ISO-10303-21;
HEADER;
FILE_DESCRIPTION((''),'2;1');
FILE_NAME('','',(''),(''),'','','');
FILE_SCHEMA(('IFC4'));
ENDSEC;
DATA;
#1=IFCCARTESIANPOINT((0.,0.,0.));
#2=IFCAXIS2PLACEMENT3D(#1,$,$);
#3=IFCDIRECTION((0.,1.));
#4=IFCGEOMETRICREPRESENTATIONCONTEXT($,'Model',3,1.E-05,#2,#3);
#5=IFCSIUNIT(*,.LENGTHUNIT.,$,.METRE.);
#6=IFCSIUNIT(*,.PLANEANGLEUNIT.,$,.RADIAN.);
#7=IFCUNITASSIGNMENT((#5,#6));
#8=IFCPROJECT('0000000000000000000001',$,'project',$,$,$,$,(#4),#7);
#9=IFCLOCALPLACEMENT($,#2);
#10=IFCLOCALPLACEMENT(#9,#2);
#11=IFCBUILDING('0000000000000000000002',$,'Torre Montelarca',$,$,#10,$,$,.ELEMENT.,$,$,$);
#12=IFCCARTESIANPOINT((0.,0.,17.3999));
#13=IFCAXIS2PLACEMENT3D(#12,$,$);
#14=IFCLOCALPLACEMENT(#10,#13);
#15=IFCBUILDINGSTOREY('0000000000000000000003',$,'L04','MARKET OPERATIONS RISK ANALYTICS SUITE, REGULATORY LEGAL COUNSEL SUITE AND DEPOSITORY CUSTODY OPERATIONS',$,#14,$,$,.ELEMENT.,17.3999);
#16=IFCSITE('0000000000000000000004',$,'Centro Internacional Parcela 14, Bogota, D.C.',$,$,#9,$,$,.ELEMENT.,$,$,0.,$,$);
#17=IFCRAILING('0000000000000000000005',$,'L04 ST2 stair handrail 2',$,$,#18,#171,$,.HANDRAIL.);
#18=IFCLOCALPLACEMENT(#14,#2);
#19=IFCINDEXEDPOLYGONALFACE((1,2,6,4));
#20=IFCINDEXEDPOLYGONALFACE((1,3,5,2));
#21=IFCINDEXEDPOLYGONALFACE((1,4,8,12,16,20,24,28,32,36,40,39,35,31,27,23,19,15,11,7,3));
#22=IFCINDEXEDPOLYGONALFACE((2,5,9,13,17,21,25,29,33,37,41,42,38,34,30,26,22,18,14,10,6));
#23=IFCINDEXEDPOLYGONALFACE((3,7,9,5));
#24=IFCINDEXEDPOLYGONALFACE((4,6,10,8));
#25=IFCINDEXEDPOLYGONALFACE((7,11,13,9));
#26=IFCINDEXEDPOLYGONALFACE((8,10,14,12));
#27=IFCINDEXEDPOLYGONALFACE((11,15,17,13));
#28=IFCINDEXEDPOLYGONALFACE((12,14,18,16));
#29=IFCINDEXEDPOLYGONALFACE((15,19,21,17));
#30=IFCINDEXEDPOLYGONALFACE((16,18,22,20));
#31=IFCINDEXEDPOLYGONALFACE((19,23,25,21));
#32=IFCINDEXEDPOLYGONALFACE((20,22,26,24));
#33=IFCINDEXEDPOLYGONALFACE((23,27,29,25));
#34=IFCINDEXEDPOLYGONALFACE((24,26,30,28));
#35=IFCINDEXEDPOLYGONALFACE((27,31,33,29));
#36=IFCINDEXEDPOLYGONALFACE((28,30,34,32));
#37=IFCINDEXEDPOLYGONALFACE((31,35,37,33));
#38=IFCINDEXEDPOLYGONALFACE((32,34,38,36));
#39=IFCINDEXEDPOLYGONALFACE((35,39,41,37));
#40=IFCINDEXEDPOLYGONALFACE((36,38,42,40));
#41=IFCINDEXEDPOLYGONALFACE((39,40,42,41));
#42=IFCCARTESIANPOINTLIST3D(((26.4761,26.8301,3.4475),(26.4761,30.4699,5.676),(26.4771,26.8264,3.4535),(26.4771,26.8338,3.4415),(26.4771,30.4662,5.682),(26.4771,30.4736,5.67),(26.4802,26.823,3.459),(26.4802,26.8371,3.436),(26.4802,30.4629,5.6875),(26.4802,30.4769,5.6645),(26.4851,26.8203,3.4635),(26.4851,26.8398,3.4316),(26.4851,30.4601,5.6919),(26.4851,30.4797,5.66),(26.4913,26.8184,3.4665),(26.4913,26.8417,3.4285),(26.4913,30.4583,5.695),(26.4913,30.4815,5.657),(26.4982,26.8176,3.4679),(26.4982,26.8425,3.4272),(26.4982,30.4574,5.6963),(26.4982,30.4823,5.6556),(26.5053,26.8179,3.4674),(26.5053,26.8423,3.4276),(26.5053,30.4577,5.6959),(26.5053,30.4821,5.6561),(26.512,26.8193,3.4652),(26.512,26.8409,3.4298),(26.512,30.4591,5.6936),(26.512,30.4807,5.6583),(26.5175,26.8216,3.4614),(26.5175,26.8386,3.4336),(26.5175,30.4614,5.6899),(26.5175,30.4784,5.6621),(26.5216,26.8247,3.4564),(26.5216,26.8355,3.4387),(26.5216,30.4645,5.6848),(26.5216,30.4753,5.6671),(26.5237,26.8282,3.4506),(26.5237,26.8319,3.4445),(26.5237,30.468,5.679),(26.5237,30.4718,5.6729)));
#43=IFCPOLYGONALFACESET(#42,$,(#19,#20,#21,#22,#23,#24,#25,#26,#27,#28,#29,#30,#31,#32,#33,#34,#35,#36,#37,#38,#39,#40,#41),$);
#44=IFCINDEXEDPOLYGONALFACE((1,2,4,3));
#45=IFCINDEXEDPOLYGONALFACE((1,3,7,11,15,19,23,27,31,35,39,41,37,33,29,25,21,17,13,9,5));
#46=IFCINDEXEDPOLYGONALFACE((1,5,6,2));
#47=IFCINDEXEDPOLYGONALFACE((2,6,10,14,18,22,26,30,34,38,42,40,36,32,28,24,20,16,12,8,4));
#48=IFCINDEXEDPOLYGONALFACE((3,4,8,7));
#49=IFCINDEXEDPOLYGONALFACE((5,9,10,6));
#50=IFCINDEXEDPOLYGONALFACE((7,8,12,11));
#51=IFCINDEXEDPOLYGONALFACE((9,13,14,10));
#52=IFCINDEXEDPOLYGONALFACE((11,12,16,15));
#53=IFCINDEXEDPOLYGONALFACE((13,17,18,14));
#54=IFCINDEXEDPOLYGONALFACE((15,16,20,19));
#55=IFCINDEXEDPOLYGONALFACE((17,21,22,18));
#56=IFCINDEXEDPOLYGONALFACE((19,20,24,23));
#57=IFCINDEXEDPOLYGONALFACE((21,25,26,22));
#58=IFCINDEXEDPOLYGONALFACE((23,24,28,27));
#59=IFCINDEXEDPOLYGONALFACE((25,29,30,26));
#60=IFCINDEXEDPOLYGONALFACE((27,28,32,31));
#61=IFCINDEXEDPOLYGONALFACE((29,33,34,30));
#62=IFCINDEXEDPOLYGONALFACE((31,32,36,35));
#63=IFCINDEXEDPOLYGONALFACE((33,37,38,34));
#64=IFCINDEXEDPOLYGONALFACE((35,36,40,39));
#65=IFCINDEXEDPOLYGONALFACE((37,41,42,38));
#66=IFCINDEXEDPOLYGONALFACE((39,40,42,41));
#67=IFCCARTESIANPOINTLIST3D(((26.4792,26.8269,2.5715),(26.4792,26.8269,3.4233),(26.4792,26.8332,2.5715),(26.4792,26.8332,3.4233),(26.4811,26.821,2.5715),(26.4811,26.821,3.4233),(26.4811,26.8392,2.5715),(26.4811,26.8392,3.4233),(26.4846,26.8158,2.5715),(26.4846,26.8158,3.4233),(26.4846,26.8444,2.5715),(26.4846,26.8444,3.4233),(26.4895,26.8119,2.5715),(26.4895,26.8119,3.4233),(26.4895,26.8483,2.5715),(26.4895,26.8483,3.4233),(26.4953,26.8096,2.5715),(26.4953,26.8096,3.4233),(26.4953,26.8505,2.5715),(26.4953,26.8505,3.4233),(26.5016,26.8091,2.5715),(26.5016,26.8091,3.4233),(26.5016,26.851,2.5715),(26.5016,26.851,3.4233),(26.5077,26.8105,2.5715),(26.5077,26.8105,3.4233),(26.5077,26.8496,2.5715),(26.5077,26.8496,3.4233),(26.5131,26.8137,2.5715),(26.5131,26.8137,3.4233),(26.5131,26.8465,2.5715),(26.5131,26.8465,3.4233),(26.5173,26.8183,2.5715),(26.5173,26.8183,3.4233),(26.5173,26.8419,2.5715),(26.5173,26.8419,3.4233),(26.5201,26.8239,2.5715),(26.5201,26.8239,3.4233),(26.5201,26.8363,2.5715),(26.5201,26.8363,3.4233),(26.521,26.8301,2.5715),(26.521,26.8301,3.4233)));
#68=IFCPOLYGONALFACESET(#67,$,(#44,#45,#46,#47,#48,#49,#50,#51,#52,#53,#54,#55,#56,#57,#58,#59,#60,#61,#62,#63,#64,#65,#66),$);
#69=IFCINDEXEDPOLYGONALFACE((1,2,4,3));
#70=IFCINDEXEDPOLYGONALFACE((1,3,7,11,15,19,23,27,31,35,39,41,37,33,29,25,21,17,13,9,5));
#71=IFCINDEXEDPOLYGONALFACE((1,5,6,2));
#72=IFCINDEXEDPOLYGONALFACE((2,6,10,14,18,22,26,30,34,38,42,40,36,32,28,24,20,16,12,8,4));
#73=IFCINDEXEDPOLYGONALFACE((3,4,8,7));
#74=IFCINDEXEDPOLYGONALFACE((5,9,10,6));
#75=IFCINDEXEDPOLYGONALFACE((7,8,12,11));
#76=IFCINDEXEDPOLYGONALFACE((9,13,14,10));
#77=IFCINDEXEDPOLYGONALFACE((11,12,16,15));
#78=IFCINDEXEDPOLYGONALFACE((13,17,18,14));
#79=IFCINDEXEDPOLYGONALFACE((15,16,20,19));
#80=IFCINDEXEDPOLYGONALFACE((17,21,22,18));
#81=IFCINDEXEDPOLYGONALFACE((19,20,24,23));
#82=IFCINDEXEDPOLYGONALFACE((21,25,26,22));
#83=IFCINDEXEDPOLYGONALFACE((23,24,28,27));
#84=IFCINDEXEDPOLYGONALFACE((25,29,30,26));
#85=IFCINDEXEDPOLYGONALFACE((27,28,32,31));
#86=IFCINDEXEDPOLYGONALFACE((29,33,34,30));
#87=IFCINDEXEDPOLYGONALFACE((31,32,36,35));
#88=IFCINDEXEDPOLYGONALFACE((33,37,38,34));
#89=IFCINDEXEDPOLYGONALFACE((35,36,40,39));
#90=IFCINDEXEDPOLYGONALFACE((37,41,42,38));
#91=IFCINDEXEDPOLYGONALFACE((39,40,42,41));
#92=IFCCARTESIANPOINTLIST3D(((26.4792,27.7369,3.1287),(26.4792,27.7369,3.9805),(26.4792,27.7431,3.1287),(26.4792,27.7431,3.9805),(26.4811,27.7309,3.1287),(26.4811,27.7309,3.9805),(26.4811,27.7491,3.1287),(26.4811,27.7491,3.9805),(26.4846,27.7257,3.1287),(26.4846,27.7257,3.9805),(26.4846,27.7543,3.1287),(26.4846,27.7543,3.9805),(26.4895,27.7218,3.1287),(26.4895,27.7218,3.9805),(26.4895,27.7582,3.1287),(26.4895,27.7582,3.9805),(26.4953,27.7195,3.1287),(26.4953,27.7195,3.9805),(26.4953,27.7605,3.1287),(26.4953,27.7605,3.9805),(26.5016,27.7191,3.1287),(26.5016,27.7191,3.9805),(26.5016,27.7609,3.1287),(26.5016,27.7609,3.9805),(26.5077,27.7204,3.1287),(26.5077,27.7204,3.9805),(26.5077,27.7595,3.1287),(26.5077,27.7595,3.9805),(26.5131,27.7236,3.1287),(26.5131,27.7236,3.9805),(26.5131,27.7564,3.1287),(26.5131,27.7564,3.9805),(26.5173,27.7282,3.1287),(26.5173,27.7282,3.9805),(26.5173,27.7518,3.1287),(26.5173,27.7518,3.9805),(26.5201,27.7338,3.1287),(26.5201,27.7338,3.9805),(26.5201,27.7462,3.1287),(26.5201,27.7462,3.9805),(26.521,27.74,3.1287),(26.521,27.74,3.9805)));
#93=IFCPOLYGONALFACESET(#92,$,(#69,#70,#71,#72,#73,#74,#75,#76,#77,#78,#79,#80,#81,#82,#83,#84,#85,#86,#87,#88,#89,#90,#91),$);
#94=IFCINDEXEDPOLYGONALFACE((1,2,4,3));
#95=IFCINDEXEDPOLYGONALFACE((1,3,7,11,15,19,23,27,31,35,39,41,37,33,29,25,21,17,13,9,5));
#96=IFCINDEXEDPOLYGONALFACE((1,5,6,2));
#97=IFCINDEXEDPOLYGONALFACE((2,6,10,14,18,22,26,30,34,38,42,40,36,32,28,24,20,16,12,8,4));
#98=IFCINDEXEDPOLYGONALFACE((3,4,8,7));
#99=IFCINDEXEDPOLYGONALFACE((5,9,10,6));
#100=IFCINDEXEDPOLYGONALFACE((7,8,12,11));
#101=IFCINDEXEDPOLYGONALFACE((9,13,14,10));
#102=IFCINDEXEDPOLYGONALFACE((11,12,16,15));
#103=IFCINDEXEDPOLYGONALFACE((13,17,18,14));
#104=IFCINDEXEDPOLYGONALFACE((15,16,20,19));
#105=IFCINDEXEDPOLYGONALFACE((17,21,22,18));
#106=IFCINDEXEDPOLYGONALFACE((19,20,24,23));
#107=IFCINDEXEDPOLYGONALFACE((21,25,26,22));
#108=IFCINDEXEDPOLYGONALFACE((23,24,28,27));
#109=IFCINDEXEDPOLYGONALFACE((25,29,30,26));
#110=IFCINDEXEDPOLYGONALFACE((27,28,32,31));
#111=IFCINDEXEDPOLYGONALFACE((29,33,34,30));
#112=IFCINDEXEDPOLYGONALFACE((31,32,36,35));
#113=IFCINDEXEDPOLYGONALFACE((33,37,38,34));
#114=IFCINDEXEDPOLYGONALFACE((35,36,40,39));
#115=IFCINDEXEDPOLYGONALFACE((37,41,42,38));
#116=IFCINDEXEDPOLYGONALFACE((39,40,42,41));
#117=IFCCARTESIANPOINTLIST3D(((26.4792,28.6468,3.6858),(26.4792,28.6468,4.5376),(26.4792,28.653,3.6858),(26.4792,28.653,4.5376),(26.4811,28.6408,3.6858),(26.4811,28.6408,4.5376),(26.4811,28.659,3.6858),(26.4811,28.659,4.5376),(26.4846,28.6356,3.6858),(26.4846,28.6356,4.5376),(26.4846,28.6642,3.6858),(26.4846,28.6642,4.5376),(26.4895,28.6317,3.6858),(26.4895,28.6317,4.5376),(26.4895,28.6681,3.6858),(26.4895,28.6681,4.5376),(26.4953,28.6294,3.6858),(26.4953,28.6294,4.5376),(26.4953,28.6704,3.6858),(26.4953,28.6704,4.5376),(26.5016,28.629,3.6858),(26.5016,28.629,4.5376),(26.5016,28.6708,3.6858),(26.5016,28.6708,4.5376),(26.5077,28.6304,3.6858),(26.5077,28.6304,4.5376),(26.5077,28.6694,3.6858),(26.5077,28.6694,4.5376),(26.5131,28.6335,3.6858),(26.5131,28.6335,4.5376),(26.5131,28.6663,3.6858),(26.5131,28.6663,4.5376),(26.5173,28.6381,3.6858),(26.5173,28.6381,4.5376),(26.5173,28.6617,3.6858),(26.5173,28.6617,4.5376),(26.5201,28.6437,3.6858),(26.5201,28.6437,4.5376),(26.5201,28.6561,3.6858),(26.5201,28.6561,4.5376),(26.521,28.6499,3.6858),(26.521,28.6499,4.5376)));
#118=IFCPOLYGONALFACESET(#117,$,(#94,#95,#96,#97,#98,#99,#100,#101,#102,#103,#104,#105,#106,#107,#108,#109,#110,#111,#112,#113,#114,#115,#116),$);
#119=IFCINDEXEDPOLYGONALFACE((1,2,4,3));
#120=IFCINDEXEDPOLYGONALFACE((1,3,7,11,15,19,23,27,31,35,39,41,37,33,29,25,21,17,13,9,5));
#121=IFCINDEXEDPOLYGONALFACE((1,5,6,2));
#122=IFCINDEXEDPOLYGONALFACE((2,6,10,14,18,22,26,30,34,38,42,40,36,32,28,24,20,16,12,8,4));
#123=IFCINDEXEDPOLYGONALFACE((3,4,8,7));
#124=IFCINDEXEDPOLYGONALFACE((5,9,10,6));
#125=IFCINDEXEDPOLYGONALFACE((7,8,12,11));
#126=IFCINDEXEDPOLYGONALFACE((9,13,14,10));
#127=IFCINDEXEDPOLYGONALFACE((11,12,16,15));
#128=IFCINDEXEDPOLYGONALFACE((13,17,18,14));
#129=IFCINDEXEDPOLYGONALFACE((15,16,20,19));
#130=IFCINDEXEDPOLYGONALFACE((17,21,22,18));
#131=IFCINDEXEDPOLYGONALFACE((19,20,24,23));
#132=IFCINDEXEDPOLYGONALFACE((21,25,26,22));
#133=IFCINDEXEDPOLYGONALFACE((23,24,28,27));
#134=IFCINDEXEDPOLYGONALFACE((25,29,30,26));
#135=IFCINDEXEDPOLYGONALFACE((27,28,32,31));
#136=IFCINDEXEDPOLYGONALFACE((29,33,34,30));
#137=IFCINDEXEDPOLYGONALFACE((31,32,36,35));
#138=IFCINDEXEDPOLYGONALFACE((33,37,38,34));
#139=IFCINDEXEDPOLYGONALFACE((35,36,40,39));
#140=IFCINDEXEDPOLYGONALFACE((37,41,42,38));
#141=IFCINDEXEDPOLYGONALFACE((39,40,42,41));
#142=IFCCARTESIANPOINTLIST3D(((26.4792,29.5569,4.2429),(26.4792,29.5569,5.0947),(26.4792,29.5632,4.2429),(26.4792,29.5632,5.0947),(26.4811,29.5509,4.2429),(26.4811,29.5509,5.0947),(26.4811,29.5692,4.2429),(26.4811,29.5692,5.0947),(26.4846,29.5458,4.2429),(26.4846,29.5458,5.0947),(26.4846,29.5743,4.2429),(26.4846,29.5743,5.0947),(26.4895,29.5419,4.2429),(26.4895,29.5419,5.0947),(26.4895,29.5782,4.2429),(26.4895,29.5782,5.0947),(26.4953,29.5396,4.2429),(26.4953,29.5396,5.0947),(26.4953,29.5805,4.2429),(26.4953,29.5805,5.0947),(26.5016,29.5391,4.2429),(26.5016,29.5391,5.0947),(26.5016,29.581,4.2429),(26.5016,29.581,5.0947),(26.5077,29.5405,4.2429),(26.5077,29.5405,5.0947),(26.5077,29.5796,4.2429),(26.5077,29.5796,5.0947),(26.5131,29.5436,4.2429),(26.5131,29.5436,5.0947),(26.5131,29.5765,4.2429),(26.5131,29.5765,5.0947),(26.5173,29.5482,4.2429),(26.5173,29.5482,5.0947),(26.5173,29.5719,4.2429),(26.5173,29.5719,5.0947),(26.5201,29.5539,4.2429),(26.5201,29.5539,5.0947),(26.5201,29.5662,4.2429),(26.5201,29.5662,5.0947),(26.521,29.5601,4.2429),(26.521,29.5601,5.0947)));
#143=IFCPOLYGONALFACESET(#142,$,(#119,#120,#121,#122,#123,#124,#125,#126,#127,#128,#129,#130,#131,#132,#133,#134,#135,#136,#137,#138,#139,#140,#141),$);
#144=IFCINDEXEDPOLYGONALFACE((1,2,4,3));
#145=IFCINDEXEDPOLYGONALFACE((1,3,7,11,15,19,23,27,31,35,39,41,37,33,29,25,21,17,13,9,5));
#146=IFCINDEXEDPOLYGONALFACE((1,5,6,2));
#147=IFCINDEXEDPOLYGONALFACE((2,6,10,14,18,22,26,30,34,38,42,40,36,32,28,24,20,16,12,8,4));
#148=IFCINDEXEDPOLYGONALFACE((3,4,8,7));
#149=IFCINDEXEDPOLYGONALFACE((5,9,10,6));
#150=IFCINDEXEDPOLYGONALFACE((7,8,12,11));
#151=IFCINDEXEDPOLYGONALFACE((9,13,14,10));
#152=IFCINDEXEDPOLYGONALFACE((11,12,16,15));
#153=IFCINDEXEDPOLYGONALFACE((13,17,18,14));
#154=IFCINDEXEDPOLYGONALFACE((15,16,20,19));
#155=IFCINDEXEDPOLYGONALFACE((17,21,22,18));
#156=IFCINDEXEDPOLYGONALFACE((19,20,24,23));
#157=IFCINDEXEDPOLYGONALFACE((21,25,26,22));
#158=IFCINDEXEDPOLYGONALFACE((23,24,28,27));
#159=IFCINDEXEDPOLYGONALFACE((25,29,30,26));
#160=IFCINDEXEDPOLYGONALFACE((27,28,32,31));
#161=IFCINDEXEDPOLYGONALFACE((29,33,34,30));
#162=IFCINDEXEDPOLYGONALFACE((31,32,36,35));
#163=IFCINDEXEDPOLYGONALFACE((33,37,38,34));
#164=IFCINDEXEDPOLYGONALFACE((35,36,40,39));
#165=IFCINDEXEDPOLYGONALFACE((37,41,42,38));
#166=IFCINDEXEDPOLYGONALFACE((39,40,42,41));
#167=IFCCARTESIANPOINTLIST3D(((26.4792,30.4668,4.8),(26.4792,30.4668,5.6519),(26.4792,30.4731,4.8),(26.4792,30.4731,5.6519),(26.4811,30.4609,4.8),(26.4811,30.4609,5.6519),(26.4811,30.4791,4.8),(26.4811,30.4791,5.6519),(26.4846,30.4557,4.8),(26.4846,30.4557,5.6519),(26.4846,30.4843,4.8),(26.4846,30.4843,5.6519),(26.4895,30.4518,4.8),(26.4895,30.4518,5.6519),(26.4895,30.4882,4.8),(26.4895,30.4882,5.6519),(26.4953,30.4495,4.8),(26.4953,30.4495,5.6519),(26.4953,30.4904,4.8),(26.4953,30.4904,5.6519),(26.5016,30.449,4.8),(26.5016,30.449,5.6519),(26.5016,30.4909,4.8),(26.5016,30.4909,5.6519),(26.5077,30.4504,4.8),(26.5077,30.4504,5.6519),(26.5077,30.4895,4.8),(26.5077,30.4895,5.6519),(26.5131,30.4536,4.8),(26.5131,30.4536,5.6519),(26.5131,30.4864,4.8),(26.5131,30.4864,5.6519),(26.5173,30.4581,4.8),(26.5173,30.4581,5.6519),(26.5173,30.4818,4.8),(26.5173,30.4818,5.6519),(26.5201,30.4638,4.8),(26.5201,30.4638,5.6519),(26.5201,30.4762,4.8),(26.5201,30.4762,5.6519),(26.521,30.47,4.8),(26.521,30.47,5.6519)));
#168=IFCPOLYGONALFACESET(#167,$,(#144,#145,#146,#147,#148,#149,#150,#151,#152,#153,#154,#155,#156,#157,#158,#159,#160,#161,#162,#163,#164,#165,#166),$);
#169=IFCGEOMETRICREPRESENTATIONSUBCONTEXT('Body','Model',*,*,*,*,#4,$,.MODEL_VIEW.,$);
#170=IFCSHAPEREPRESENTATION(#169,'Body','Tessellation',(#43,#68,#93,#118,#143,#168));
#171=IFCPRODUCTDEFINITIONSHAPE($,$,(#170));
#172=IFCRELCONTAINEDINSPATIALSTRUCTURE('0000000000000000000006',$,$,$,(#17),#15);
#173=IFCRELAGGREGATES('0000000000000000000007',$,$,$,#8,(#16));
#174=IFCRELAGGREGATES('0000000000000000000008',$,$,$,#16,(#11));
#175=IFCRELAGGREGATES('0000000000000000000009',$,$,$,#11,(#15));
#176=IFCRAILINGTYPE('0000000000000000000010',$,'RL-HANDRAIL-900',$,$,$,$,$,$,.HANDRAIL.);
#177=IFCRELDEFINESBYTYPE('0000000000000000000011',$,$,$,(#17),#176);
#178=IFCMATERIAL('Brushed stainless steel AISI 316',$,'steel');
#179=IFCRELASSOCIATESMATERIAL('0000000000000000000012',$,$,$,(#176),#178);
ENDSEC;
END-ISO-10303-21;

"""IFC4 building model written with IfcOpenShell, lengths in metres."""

from ifc_helpers import new_model, si_unit, direction, frame, origin, origin_2d, place, context, subcontext, project, spatial, circle, extrude, material, type_object, element, save


model = new_model("IFC4")

# Units and contexts
model_context = context("Model", 3, precision=1e-05, world=origin(), true_north=direction((0.0, 1.0)))
body_context = subcontext(model_context, "Body", "Model", "MODEL_VIEW")
ifc_project = project(units=[si_unit("LENGTHUNIT", "METRE"), si_unit("PLANEANGLEUNIT", "RADIAN")], contexts=[model_context])

# Site, building, storey
site_placement = place(None, origin())
site = spatial("IfcSite", under=ifc_project, at=site_placement, Name="Centro Internacional Parcela 14, Bogota, D.C.", CompositionType="ELEMENT", RefElevation=0.0)
building_placement = place(site_placement, origin())
building = spatial("IfcBuilding", under=site, at=building_placement, Name="Torre Montelarca", CompositionType="ELEMENT")
storey_placement = place(building_placement, frame((0.0, 0.0, 17.3999)))
storey = spatial("IfcBuildingStorey", under=building, at=storey_placement, Name="L04", Description="MARKET OPERATIONS RISK ANALYTICS SUITE, REGULATORY LEGAL COUNSEL SUITE AND DEPOSITORY CUSTODY OPERATIONS", CompositionType="ELEMENT", Elevation=17.3999)

# Railing
ifc_material_1 = material(Name="Brushed stainless steel AISI 316", Category="steel")
railing_type_1 = type_object("IfcRailingType", Name="RL-HANDRAIL-900", PredefinedType="HANDRAIL", material=ifc_material_1)
railing_1_placement = place(storey_placement, frame((26.5, 26.8301, 2.5715)))
element("IfcRailing", 1, at=railing_1_placement, inside=storey, type_object=railing_type_1, Name="L04 ST2 stair handrail 2", PredefinedType="HANDRAIL", context=body_context, shape_type="SweptSolid", body=[
    extrude(circle(Radius=0.0239, at=origin_2d()), frame((0.0, 0.0, 0.876), z_axis=(0.0, 0.85285, 0.522156), x_axis=(-1.0, 0.0, 0.0)), (0.0, 0.0, 1.0), 4.2678),
    extrude(circle(Radius=0.021, at=origin_2d()), origin(), (0.0, 0.0, 1.0), 0.8518),
    extrude(circle(Radius=0.021, at=origin_2d()), frame((0.0, 0.9099, 0.5571)), (0.0, 0.0, 1.0), 0.8518),
    extrude(circle(Radius=0.021, at=origin_2d()), frame((0.0, 1.8198, 1.1143)), (0.0, 0.0, 1.0), 0.8518),
    extrude(circle(Radius=0.021, at=origin_2d()), frame((0.0, 2.73, 1.6714)), (0.0, 0.0, 1.0), 0.8518),
    extrude(circle(Radius=0.021, at=origin_2d()), frame((0.0, 3.6399, 2.2285)), (0.0, 0.0, 1.0), 0.8518),
])

save(model, "model.ifc")
